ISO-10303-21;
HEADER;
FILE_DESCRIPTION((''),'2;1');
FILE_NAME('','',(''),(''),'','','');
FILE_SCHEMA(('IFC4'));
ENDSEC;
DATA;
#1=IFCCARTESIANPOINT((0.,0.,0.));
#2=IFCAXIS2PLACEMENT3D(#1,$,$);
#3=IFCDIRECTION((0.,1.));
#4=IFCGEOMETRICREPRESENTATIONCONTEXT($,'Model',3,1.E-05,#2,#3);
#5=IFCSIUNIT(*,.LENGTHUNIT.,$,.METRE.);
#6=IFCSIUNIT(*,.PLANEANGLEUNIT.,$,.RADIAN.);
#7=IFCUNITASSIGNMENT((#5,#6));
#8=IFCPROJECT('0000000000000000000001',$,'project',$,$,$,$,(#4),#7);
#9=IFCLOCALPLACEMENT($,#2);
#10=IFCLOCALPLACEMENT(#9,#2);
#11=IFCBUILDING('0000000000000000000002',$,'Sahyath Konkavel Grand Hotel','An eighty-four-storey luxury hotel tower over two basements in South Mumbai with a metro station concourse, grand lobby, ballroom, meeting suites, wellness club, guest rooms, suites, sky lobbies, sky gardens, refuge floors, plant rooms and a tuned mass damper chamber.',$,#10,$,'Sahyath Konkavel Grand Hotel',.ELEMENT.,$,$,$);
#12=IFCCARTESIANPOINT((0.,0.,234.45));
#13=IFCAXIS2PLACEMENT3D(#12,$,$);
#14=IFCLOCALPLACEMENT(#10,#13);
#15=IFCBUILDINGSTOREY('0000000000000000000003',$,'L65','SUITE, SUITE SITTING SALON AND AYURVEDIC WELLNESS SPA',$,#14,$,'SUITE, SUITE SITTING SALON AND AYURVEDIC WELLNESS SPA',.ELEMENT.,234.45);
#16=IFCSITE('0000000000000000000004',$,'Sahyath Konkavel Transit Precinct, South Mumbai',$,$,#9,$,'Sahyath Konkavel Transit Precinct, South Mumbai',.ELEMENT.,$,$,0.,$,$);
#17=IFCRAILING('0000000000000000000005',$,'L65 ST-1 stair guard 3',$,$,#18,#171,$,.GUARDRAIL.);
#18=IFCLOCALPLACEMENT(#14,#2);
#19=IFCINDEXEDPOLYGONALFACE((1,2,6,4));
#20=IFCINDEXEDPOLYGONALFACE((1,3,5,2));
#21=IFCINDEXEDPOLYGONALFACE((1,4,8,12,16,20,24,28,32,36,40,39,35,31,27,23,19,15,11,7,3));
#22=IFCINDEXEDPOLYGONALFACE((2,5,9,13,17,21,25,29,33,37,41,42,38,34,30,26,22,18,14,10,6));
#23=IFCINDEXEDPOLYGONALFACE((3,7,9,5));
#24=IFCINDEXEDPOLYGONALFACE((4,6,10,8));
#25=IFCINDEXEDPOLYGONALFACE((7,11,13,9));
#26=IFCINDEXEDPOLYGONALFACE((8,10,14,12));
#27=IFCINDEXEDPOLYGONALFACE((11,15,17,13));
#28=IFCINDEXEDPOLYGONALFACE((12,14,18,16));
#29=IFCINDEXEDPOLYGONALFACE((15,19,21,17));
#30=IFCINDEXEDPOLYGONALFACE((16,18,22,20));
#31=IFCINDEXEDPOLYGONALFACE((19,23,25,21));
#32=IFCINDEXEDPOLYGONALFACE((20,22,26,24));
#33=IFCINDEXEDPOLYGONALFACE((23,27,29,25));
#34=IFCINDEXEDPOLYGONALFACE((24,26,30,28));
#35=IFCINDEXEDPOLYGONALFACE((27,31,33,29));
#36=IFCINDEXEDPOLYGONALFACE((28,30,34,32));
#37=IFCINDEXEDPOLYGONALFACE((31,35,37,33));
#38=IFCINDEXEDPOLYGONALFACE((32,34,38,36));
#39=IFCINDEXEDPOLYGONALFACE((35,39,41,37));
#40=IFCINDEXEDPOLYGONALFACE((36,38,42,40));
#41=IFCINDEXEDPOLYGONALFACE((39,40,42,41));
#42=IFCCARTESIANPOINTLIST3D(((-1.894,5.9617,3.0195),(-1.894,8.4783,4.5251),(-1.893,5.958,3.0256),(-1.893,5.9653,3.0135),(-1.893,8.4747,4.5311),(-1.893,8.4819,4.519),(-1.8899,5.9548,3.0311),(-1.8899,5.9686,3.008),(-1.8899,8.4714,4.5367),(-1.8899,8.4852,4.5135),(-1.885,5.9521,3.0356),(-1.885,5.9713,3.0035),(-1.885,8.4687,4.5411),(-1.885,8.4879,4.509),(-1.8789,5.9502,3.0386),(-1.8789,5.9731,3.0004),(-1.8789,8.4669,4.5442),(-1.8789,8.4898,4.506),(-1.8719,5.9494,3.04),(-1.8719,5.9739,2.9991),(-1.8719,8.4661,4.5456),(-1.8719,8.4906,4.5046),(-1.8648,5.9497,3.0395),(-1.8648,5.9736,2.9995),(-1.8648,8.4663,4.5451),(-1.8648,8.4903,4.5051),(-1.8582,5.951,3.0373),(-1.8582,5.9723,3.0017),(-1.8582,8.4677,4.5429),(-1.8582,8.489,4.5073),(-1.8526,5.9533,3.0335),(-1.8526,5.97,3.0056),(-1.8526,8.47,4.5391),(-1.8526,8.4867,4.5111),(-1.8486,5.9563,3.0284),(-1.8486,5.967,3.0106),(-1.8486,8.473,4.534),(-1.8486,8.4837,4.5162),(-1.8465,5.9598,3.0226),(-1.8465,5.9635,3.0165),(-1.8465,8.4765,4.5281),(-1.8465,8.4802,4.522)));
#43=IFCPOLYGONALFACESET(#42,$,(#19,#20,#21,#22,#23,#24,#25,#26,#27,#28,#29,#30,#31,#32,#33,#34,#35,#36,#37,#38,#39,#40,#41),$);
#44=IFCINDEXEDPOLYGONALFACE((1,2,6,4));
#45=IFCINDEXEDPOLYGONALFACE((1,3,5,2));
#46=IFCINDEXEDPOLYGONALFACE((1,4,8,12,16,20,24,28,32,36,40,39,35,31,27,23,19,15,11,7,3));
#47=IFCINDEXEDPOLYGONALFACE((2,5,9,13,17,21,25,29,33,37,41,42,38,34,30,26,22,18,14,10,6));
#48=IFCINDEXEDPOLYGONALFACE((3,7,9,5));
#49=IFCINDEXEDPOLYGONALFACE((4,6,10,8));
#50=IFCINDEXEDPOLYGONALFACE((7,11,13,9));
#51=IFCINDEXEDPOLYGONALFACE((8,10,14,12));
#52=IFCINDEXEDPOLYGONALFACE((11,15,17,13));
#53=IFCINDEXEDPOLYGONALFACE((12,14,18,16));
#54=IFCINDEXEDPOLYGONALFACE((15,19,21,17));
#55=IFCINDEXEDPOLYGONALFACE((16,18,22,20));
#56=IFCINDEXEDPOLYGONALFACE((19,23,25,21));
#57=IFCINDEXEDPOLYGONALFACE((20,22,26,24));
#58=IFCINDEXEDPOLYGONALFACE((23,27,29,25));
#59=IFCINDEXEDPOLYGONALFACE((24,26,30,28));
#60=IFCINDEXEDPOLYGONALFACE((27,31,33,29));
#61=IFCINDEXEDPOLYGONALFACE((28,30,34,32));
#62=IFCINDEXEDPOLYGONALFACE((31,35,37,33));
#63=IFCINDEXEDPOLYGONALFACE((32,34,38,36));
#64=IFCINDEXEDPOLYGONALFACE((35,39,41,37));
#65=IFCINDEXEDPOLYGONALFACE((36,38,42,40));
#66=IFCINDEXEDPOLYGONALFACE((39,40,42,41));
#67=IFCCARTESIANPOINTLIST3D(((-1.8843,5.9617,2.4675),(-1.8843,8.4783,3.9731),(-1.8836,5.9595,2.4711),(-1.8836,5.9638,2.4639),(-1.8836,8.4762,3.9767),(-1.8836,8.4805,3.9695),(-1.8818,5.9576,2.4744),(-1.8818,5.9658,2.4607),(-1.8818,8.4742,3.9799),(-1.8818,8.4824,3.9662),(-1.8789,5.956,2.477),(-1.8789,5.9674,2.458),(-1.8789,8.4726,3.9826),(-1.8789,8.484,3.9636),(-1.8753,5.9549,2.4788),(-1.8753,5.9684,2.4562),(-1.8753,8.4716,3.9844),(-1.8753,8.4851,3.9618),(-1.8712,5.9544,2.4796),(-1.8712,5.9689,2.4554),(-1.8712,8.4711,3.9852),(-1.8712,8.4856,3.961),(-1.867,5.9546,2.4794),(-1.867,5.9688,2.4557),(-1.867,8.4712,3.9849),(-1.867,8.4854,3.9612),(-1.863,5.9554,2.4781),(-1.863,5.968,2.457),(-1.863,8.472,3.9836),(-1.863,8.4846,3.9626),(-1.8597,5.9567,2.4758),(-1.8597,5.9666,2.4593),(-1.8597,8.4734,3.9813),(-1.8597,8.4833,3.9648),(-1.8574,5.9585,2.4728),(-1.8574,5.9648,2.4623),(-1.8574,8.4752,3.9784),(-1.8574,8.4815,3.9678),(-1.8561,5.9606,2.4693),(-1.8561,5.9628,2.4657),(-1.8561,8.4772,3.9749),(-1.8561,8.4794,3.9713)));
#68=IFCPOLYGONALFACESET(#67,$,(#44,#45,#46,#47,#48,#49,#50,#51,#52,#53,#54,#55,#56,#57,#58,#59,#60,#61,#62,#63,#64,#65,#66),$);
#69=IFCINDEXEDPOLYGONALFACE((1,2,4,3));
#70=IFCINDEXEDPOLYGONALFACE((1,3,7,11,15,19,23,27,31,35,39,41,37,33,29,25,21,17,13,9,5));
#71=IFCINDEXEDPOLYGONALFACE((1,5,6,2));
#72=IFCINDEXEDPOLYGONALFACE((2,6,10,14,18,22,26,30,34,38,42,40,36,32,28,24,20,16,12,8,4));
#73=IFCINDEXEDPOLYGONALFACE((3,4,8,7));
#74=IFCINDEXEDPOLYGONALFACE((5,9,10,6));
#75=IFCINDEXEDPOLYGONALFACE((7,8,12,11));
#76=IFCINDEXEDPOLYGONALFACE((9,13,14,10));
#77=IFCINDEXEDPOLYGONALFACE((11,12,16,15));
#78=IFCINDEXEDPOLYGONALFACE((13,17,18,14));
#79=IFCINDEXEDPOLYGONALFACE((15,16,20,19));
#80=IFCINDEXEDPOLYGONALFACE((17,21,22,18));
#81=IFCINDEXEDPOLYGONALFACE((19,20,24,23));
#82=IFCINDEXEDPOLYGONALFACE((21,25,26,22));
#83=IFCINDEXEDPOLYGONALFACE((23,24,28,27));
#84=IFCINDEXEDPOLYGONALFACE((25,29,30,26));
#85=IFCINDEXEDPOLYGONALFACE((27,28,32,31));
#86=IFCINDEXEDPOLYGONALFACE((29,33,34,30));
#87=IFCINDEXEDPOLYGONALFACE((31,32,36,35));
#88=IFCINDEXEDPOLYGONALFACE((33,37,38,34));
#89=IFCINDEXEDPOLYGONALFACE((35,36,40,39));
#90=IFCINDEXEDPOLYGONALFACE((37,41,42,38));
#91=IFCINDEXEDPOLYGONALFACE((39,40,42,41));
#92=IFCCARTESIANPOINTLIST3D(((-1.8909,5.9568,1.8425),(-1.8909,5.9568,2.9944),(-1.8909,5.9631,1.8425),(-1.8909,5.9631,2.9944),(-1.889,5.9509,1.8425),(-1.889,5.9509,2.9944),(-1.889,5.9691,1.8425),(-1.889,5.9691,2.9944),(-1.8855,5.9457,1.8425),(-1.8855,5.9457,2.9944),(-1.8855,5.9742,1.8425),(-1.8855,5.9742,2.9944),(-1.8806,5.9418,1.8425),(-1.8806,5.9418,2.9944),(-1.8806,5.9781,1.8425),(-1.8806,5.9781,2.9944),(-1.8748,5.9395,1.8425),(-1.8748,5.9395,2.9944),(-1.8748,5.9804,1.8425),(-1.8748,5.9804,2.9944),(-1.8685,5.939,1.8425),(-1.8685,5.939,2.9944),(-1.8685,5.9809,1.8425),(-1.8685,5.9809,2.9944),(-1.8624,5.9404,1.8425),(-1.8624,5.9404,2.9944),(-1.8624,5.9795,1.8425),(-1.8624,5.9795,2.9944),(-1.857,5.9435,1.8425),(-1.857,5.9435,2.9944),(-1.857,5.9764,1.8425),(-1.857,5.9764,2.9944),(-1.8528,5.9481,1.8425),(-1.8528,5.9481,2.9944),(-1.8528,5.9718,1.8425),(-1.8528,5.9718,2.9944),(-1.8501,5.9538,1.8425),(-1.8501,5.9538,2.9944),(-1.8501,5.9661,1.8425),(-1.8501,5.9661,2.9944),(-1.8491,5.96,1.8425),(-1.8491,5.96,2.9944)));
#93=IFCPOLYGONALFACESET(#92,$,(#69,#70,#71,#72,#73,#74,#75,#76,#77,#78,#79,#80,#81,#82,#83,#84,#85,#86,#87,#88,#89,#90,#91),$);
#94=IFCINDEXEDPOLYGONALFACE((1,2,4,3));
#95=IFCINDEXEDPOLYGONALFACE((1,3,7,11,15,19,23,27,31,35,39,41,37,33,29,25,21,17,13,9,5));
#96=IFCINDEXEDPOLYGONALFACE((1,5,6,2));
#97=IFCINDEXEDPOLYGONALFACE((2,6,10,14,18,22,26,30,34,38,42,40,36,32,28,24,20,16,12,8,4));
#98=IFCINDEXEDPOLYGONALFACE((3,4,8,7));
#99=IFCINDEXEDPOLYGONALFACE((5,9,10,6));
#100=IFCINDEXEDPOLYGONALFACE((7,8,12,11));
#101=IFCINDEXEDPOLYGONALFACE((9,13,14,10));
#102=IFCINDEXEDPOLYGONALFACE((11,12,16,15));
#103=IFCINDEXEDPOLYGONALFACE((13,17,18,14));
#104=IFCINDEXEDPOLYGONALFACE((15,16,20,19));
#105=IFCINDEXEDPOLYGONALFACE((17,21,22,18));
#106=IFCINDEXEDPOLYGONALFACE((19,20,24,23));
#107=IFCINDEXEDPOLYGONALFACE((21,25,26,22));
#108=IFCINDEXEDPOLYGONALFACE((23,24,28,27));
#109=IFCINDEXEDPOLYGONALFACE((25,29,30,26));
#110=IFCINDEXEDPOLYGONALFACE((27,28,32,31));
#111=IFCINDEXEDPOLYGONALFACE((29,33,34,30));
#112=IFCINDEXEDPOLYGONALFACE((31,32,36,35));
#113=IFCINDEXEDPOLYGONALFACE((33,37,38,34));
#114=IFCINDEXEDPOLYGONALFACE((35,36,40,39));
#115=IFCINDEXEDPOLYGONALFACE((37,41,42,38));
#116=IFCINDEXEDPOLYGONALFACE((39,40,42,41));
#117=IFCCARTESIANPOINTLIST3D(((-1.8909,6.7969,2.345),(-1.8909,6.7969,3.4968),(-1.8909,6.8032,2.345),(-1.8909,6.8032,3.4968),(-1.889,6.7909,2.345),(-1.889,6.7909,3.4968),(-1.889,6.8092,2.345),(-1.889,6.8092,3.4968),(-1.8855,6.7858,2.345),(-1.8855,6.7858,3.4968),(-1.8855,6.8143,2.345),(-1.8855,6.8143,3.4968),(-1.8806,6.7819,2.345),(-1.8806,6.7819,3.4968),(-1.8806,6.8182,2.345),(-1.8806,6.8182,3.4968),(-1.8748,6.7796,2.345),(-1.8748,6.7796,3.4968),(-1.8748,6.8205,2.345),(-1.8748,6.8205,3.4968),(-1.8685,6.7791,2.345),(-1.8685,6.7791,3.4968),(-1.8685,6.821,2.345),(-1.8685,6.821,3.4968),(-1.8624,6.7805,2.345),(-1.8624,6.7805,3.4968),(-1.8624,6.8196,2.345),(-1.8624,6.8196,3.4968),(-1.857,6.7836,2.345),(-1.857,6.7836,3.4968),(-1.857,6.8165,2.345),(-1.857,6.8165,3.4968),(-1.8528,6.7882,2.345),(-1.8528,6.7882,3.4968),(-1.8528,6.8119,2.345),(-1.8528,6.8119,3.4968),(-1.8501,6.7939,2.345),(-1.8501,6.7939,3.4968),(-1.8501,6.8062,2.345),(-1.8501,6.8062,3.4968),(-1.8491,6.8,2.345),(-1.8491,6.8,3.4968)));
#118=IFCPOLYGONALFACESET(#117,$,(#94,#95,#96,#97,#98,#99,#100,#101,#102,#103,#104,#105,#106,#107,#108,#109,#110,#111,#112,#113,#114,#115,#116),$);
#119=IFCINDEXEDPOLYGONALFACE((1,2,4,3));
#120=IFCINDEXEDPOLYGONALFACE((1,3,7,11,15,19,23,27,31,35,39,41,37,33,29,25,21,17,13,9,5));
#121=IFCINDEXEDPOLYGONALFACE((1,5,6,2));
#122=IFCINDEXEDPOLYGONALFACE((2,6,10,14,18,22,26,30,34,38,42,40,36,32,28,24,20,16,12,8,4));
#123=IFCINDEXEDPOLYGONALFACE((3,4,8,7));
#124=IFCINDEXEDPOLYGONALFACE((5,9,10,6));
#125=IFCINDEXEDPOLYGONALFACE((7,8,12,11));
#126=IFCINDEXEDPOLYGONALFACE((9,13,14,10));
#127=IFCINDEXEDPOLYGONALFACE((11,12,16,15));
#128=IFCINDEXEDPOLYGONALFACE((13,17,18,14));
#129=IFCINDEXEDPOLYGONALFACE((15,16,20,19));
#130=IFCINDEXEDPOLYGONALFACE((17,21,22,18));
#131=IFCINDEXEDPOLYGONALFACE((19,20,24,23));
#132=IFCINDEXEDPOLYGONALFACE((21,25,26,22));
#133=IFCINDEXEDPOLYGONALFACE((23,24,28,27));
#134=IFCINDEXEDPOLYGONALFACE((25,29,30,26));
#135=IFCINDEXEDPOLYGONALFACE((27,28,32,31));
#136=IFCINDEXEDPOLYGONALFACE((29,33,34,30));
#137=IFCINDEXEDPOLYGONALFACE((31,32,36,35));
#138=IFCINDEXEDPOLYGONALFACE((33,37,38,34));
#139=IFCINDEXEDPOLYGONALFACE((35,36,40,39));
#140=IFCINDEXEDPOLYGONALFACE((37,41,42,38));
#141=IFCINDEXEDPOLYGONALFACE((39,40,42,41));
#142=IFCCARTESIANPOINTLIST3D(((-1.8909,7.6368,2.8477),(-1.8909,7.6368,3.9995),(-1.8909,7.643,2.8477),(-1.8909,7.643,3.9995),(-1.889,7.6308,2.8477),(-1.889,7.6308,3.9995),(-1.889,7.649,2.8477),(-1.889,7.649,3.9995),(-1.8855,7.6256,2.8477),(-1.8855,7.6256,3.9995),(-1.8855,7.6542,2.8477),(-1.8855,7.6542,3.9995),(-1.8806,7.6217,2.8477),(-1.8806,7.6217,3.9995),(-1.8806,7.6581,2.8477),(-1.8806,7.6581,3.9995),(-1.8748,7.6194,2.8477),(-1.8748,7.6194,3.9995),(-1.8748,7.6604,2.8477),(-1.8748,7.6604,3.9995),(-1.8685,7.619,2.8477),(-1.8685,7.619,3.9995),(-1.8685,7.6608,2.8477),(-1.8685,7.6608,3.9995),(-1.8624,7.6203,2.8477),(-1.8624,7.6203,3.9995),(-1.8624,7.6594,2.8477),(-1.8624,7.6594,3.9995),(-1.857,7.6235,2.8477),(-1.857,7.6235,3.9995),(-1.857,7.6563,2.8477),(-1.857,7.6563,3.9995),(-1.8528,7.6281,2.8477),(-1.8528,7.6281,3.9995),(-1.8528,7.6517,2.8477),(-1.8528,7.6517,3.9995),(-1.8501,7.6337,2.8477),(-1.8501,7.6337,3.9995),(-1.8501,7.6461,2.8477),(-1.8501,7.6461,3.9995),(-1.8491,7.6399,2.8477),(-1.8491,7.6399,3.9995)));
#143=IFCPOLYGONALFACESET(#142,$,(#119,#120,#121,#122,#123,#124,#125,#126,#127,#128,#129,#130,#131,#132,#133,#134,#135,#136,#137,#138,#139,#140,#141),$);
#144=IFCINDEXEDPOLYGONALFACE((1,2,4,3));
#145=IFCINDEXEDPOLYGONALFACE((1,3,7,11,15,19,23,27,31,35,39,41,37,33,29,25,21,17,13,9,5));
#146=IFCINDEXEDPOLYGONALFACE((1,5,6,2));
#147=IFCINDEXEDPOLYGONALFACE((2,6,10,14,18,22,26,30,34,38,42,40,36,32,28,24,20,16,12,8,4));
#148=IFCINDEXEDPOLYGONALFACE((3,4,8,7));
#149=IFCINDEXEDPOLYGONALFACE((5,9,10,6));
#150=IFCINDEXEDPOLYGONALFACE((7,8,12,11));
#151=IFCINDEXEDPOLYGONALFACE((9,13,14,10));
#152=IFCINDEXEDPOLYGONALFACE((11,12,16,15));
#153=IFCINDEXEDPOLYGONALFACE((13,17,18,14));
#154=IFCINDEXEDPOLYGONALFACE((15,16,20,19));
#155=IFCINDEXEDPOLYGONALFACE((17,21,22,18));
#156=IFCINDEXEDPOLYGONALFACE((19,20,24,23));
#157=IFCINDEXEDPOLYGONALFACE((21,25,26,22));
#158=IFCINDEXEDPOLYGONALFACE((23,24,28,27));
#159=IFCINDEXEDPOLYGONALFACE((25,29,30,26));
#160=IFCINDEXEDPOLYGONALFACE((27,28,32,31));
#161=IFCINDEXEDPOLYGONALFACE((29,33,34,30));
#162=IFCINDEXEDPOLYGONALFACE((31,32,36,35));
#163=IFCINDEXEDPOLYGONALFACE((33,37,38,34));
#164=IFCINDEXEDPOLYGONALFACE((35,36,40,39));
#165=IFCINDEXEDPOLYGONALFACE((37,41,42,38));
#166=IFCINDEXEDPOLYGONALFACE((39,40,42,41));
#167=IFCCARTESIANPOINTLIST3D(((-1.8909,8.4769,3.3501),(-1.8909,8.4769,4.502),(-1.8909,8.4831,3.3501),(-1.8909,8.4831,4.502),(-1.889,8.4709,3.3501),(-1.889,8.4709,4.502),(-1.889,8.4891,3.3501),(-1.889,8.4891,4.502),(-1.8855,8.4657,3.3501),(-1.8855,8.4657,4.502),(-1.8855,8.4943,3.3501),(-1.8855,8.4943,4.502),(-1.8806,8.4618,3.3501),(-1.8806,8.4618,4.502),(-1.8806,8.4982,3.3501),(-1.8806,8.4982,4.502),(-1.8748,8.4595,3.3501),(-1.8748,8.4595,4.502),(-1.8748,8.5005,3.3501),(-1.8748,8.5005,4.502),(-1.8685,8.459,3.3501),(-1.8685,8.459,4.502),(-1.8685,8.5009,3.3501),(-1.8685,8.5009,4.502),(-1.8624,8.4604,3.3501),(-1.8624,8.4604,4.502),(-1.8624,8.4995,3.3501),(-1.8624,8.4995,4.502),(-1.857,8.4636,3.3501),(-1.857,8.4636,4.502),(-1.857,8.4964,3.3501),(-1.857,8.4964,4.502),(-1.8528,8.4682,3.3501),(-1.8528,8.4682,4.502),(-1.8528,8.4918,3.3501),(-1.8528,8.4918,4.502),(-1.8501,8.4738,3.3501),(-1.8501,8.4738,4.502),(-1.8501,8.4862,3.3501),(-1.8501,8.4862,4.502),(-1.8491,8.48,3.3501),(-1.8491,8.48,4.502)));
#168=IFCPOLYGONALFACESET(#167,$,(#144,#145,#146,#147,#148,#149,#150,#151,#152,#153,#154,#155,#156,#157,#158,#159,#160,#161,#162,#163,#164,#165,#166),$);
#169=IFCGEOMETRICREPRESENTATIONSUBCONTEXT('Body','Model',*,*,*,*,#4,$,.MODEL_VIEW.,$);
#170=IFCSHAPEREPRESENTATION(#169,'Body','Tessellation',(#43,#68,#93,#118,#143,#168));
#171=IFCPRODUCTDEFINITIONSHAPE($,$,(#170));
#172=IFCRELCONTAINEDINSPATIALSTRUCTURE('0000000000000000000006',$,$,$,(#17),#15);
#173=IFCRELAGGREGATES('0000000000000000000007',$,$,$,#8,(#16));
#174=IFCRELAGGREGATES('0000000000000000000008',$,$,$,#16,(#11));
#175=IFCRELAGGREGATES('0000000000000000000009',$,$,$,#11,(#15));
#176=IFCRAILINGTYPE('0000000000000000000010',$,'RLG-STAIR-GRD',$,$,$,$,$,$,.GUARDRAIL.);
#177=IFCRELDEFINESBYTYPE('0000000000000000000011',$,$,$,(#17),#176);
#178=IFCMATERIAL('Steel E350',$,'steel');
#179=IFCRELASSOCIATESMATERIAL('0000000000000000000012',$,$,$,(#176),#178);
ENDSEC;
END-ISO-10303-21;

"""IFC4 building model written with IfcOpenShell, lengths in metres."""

from ifc_helpers import new_model, si_unit, direction, frame, origin, origin_2d, place, context, subcontext, project, spatial, circle, extrude, material, type_object, element, save


model = new_model("IFC4")

# Units and contexts
model_context = context("Model", 3, precision=1e-05, world=origin(), true_north=direction((0.0, 1.0)))
body_context = subcontext(model_context, "Body", "Model", "MODEL_VIEW")
ifc_project = project(units=[si_unit("LENGTHUNIT", "METRE"), si_unit("PLANEANGLEUNIT", "RADIAN")], contexts=[model_context])

# Site, building, storey
site_placement = place(None, origin())
site = spatial("IfcSite", under=ifc_project, at=site_placement, Name="Sahyath Konkavel Transit Precinct, South Mumbai", LongName="Sahyath Konkavel Transit Precinct, South Mumbai", CompositionType="ELEMENT", RefElevation=0.0)
building_placement = place(site_placement, origin())
building = spatial("IfcBuilding", under=site, at=building_placement, Name="Sahyath Konkavel Grand Hotel", Description="An eighty-four-storey luxury hotel tower over two basements in South Mumbai with a metro station concourse, grand lobby, ballroom, meeting suites, wellness club, guest rooms, suites, sky lobbies, sky gardens, refuge floors, plant rooms and a tuned mass damper chamber.", LongName="Sahyath Konkavel Grand Hotel", CompositionType="ELEMENT")
storey_placement = place(building_placement, frame((0.0, 0.0, 234.45)))
storey = spatial("IfcBuildingStorey", under=building, at=storey_placement, Name="L65", Description="SUITE, SUITE SITTING SALON AND AYURVEDIC WELLNESS SPA", LongName="SUITE, SUITE SITTING SALON AND AYURVEDIC WELLNESS SPA", CompositionType="ELEMENT", Elevation=234.45)

# Shared definitions
ifc_material_1 = material(Name="Steel E350", Category="steel")

# Railing
railing_type_1 = type_object("IfcRailingType", Name="RLG-STAIR-GRD", PredefinedType="GUARDRAIL", material=ifc_material_1)
railing_1_placement = place(storey_placement, frame((-1.8701, 5.96, 1.8425)))
element("IfcRailing", 1, at=railing_1_placement, inside=storey, type_object=railing_type_1, Name="L65 ST-1 stair guard 3", PredefinedType="GUARDRAIL", context=body_context, shape_type="SweptSolid", body=[
    extrude(circle(Radius=0.0239, at=origin_2d()), frame((0.0, 0.0017, 1.177), z_axis=(0.0, 0.85816, 0.513383), x_axis=(-1.0, 0.0, 0.0)), (0.0, 0.0, 1.0), 2.9326),
    extrude(circle(Radius=0.0142, at=origin_2d()), frame((0.0, 0.0017, 0.625), z_axis=(0.0, 0.85816, 0.513383), x_axis=(-1.0, 0.0, 0.0)), (0.0, 0.0, 1.0), 2.9326),
    extrude(circle(Radius=0.021, at=origin_2d()), origin(), (0.0, 0.0, 1.0), 1.1519),
    extrude(circle(Radius=0.021, at=origin_2d()), frame((0.0, 0.8401, 0.5024)), (0.0, 0.0, 1.0), 1.1519),
    extrude(circle(Radius=0.021, at=origin_2d()), frame((0.0, 1.6799, 1.0051)), (0.0, 0.0, 1.0), 1.1519),
    extrude(circle(Radius=0.021, at=origin_2d()), frame((0.0, 2.52, 1.5076)), (0.0, 0.0, 1.0), 1.1519),
])

save(model, "model.ifc")
